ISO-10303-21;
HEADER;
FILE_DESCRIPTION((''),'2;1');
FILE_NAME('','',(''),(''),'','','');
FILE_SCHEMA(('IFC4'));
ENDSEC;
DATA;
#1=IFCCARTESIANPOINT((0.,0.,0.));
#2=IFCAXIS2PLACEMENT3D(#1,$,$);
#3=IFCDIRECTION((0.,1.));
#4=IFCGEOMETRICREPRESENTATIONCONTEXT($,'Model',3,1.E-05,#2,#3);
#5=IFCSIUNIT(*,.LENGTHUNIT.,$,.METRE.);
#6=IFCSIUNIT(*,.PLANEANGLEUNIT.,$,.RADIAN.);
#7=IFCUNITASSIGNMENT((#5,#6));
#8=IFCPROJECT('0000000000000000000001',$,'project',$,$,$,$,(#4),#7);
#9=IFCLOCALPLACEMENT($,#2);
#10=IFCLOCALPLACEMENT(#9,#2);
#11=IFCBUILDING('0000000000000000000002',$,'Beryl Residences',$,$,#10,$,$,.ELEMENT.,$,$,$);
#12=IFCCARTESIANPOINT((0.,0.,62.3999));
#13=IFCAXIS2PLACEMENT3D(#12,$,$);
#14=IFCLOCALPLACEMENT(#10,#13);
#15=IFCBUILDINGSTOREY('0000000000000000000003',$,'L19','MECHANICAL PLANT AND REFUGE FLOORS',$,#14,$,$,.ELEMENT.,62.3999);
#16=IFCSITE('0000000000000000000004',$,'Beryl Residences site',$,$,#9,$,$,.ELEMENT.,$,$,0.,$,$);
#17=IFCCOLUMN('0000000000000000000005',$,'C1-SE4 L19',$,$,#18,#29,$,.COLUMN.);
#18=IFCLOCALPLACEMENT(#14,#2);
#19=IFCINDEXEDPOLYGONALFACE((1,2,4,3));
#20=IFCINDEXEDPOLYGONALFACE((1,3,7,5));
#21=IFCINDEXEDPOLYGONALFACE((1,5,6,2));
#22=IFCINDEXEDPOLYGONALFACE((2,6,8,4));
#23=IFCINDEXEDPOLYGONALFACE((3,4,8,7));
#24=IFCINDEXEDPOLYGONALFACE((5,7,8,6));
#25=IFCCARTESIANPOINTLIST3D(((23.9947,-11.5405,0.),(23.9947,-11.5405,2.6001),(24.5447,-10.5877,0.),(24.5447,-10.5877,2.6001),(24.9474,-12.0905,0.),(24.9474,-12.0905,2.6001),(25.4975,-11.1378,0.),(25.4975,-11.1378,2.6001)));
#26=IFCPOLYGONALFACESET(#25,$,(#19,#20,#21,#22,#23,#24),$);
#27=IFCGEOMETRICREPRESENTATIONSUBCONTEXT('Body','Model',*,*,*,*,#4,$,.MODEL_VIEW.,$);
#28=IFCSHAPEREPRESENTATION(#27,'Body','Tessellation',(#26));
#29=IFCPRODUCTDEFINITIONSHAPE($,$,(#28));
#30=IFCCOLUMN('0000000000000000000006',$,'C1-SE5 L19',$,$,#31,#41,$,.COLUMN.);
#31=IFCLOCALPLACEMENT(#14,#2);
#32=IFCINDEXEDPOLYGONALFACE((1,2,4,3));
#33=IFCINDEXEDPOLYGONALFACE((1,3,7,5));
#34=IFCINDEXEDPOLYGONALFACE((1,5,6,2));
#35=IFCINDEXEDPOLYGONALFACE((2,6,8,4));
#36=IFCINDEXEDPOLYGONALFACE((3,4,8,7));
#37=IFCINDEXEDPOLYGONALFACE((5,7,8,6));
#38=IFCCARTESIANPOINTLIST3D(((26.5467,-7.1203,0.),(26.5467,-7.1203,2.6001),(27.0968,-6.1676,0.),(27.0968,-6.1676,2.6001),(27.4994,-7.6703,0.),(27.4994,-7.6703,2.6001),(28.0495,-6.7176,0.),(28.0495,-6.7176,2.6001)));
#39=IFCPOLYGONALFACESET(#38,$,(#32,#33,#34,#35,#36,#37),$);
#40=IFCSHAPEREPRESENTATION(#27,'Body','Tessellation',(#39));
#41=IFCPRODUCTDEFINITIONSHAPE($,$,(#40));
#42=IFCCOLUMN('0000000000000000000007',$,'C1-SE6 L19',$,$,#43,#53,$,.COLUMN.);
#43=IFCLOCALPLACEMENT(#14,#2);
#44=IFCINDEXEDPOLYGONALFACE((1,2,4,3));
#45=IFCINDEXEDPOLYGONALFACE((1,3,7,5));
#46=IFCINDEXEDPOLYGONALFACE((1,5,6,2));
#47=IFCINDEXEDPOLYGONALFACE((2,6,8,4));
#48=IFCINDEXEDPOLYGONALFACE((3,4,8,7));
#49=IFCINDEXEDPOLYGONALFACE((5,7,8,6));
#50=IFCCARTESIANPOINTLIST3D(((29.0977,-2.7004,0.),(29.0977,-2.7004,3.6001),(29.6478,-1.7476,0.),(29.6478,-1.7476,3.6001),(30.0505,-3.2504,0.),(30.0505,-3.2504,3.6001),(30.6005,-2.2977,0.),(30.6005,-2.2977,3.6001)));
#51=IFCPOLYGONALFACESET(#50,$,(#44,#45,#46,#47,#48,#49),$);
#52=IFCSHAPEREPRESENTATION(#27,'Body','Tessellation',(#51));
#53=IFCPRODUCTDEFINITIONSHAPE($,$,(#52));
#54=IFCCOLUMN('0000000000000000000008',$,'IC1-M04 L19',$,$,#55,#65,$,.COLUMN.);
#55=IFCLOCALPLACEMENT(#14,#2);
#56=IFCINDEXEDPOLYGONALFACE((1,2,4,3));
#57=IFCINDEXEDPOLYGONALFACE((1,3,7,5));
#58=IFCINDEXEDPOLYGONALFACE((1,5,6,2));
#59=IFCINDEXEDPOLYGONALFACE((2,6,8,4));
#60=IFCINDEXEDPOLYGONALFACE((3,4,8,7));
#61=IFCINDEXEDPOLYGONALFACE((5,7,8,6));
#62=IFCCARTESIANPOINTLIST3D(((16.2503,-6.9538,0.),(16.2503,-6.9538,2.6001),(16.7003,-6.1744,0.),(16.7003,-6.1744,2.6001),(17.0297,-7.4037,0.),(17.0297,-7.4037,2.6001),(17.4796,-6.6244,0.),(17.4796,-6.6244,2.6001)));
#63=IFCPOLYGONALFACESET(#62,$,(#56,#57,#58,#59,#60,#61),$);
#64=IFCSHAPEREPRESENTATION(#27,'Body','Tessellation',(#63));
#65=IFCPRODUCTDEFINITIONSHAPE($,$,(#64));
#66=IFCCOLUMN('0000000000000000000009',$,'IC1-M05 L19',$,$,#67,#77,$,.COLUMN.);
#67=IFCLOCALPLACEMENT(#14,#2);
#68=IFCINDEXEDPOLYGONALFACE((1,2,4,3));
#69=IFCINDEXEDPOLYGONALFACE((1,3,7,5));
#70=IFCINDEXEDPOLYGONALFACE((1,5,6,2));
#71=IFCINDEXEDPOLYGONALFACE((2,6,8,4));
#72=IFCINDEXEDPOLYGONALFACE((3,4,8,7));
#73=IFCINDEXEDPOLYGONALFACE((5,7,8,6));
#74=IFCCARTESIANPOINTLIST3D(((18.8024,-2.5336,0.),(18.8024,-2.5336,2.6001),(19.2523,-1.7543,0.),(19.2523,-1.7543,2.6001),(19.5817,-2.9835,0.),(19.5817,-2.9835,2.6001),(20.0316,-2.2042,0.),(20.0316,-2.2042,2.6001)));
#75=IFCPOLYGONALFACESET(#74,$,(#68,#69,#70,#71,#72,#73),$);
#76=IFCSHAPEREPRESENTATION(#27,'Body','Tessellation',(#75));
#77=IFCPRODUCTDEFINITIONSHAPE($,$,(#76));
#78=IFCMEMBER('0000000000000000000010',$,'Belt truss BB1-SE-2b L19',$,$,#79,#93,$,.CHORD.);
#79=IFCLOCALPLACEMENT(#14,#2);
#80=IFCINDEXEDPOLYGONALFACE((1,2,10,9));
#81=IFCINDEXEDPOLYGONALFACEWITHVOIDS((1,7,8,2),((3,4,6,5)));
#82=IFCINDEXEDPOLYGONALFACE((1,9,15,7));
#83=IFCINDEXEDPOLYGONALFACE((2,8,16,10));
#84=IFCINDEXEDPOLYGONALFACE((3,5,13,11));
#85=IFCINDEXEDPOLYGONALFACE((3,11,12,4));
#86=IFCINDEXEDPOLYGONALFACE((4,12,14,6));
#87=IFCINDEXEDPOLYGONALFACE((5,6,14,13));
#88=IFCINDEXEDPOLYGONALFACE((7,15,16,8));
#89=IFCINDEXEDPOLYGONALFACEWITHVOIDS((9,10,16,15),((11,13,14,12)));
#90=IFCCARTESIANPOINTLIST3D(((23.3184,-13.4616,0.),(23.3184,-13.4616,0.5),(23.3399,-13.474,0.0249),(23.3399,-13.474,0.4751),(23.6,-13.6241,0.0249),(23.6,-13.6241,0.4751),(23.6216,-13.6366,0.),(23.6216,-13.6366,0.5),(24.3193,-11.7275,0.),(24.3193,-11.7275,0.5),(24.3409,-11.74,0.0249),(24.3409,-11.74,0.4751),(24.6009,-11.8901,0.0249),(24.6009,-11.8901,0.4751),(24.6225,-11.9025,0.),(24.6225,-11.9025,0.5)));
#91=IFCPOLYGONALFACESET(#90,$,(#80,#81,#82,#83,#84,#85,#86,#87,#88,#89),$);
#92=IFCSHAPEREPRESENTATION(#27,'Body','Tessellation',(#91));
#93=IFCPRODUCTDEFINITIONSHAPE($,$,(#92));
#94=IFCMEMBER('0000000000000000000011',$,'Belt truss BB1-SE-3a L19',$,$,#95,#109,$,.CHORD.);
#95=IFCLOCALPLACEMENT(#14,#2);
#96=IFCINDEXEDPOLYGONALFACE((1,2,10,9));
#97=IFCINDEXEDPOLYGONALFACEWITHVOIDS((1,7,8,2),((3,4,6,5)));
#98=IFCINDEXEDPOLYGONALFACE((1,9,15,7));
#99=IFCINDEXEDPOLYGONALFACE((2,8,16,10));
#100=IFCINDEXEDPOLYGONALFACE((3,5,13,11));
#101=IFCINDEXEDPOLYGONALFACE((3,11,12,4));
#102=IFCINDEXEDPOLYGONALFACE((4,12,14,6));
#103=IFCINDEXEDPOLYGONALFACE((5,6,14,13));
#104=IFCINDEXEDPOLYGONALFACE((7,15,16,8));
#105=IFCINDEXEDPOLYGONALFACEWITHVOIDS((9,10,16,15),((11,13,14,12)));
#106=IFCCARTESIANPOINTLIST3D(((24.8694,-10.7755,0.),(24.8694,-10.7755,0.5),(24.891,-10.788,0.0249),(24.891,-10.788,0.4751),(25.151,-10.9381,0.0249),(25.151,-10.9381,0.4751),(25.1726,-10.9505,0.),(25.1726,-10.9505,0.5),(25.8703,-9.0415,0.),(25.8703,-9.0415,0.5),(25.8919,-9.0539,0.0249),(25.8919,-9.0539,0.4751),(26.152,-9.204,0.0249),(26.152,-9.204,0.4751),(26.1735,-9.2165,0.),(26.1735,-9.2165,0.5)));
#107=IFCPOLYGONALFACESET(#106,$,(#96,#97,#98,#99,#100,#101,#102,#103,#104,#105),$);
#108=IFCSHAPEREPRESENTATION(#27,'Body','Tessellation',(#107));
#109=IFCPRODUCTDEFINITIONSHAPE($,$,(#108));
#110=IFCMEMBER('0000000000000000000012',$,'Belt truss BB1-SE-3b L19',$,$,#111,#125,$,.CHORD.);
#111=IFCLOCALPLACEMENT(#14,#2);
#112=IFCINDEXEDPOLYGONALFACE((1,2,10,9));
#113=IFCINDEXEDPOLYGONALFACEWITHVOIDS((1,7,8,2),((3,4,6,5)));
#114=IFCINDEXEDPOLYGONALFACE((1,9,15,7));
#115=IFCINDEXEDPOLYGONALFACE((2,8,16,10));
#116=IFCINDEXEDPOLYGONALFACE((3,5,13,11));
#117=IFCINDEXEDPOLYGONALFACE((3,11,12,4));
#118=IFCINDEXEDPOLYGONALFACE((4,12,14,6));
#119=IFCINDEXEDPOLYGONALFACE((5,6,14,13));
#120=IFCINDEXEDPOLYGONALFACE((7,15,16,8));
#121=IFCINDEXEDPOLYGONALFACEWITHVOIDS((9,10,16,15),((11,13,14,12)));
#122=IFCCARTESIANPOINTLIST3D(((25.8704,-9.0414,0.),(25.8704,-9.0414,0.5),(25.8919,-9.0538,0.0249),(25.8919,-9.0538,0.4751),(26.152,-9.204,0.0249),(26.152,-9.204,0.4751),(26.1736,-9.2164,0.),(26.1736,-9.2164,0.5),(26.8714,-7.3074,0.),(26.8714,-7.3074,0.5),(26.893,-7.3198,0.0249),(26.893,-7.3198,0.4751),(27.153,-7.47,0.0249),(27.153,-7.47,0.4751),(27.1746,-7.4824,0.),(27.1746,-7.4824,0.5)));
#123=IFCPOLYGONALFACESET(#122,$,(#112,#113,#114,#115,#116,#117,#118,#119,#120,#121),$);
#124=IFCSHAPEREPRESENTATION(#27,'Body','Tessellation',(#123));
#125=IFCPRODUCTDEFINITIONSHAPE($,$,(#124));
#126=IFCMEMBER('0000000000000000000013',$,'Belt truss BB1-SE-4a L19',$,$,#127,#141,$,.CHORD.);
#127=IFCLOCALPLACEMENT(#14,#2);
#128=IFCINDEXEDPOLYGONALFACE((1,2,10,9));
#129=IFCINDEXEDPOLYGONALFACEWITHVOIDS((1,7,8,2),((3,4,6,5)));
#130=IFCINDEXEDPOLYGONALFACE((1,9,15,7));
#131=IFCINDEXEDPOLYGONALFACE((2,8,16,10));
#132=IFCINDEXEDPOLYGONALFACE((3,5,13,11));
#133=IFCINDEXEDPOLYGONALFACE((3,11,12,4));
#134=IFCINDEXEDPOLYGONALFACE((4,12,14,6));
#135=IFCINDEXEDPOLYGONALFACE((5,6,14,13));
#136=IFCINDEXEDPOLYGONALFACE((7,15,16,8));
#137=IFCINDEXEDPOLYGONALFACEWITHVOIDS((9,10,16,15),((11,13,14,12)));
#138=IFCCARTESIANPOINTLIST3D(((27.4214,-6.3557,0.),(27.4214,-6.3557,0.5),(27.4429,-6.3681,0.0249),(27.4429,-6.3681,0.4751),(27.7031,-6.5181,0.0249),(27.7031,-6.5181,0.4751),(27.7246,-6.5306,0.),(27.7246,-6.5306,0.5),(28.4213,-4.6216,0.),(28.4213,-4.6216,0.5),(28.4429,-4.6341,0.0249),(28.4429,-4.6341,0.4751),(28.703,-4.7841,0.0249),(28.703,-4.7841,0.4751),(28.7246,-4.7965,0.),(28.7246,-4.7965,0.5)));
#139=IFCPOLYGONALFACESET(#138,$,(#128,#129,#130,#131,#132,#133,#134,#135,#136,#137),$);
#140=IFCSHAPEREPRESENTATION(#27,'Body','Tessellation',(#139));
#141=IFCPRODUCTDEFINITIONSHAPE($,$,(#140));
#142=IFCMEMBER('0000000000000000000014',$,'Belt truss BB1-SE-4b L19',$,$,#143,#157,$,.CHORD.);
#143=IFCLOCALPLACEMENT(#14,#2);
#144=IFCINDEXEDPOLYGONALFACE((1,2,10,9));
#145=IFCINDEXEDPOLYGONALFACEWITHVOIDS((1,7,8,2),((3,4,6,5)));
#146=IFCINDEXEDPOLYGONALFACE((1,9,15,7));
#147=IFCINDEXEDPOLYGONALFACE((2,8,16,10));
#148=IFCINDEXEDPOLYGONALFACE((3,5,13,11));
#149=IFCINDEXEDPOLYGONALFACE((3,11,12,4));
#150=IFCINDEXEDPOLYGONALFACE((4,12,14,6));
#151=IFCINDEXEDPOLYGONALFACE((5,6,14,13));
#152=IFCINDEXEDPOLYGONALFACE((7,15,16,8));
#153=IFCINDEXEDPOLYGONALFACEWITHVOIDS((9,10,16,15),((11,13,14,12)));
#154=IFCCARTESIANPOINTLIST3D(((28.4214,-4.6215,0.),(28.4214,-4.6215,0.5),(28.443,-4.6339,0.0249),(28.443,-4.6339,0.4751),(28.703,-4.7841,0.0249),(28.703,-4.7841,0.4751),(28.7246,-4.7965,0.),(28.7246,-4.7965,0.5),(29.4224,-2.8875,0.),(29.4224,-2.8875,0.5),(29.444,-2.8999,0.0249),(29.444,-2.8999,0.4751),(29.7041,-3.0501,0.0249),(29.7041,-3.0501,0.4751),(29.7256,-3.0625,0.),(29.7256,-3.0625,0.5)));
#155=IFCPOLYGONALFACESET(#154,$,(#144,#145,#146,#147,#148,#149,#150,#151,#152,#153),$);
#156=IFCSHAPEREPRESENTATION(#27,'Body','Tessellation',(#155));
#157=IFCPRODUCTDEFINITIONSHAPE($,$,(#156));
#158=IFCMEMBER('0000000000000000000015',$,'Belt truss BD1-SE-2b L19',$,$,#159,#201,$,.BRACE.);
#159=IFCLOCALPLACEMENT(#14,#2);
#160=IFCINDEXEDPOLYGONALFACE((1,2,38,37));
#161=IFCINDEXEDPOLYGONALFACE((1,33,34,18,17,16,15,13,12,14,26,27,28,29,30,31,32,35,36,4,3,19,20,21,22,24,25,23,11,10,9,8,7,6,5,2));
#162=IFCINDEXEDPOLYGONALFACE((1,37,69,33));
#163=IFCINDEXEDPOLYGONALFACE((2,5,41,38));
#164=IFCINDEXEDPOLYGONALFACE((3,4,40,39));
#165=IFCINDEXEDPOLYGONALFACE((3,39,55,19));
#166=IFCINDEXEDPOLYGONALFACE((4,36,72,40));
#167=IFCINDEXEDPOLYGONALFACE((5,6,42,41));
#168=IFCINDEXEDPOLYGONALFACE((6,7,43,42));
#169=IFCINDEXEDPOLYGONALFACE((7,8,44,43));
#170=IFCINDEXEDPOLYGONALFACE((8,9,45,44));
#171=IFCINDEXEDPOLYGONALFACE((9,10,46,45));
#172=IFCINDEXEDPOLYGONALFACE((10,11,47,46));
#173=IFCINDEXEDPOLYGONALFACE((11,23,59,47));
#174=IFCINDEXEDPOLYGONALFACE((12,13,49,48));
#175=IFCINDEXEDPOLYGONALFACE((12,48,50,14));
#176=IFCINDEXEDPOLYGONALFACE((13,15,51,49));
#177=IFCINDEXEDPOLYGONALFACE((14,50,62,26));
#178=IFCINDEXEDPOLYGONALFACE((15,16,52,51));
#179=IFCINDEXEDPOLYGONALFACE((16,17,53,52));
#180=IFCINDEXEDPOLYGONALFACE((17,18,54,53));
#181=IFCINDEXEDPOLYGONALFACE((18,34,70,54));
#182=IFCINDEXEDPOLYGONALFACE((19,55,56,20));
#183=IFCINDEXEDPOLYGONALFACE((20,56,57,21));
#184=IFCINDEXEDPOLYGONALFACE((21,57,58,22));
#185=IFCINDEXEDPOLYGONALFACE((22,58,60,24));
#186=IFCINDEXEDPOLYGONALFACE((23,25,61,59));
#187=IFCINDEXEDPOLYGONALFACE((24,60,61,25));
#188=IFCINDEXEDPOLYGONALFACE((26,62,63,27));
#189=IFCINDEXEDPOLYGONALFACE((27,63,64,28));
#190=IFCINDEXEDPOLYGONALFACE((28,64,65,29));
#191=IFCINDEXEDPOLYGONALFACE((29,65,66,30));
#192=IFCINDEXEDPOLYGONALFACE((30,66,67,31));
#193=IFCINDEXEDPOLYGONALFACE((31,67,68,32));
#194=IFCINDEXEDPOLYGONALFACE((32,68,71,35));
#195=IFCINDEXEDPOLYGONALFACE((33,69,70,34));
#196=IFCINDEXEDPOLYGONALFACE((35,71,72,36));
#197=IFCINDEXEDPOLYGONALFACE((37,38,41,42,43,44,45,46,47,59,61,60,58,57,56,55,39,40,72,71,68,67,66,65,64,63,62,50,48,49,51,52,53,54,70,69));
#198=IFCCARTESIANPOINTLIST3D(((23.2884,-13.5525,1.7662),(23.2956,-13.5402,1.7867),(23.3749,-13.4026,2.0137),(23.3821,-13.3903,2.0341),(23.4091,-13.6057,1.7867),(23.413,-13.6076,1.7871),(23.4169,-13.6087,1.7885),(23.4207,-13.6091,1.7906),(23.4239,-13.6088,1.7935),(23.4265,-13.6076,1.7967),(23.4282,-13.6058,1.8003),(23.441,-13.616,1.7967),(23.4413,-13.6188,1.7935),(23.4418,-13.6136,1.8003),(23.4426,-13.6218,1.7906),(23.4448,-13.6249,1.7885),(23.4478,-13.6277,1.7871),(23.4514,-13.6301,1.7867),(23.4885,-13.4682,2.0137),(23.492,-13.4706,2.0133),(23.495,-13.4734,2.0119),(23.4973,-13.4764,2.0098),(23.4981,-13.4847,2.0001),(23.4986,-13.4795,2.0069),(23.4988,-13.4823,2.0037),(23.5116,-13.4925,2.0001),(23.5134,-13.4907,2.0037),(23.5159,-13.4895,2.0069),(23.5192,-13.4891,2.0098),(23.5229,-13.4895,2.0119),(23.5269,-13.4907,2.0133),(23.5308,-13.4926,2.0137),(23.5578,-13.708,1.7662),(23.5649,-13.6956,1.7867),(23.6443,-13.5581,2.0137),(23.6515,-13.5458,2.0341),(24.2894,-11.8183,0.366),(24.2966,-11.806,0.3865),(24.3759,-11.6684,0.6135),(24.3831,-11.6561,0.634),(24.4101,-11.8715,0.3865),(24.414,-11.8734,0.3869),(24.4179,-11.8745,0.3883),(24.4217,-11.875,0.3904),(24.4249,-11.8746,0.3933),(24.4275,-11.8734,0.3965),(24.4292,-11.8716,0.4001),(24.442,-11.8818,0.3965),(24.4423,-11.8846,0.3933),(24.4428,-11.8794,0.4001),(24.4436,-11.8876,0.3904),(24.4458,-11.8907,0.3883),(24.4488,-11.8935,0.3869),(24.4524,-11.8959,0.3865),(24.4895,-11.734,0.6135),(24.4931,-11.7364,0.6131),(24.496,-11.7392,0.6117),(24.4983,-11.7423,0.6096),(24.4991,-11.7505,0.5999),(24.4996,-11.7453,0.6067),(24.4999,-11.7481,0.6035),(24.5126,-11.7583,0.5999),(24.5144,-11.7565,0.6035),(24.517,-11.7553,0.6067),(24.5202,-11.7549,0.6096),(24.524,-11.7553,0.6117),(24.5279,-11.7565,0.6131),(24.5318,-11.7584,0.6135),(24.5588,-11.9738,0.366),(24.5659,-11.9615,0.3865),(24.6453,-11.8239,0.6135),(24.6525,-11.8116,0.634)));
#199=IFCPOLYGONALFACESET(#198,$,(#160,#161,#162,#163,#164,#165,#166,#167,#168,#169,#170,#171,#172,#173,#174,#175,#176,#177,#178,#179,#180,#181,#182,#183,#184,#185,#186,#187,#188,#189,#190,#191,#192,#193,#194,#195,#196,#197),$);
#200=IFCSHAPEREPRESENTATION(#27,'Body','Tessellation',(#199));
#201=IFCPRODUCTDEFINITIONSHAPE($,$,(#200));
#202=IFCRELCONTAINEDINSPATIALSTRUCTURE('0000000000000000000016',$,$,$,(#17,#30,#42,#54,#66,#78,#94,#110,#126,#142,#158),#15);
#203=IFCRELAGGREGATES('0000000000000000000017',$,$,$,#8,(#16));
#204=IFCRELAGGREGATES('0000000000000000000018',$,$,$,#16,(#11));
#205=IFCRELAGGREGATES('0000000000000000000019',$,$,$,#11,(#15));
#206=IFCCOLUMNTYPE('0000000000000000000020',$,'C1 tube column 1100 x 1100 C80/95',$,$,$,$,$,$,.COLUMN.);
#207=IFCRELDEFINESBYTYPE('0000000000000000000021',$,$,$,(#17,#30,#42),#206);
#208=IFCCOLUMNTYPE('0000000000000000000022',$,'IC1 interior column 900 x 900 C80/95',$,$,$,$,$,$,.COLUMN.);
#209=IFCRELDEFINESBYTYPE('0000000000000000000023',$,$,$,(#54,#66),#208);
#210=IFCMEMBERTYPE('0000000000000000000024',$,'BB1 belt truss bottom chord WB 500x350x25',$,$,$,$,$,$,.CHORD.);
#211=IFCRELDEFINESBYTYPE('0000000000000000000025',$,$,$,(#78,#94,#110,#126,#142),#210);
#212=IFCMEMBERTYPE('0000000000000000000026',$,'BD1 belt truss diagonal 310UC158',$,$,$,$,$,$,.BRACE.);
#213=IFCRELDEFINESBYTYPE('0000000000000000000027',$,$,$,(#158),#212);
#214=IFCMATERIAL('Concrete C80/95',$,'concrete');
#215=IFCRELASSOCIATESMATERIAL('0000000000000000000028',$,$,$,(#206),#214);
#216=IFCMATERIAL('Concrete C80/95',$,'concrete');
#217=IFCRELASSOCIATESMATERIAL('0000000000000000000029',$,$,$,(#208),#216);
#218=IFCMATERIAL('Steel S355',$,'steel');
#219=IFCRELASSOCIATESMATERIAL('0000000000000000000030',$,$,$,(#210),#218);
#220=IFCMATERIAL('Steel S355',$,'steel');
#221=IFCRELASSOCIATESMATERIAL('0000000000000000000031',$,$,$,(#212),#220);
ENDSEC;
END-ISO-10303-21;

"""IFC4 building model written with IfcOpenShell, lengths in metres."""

from ifc_helpers import new_model, si_unit, direction, frame, origin, origin_2d, place, context, subcontext, project, spatial, rectangle, hollow_rectangle, i_section, extrude, material, material_profile, profile_set, type_object, element, save


model = new_model("IFC4")

# Units and contexts
model_context = context("Model", 3, precision=1e-05, world=origin(), true_north=direction((0.0, 1.0)))
body_context = subcontext(model_context, "Body", "Model", "MODEL_VIEW")
ifc_project = project(units=[si_unit("LENGTHUNIT", "METRE"), si_unit("PLANEANGLEUNIT", "RADIAN")], contexts=[model_context])

# Site, building, storey
site_placement = place(None, origin())
site = spatial("IfcSite", under=ifc_project, at=site_placement, Name="Beryl Residences site", CompositionType="ELEMENT", RefElevation=0.0)
building_placement = place(site_placement, origin())
building = spatial("IfcBuilding", under=site, at=building_placement, Name="Beryl Residences", CompositionType="ELEMENT")
storey_placement = place(building_placement, frame((0.0, 0.0, 62.3999)))
storey = spatial("IfcBuildingStorey", under=building, at=storey_placement, Name="L19", Description="MECHANICAL PLANT AND REFUGE FLOORS", CompositionType="ELEMENT", Elevation=62.3999)

# Columns
ifc_material_1 = material(Name="Concrete C80/95", Category="concrete")
ifc_material_profile_1 = material_profile(ifc_material_1, rectangle(XDim=1.1001, YDim=1.1001, at=origin_2d()))
ifc_profile_set_1 = profile_set([ifc_material_profile_1], Name="Concrete C80/95")
column_type_1 = type_object("IfcColumnType", Name="C1 tube column 1100 x 1100 C80/95", PredefinedType="COLUMN", material=ifc_profile_set_1)
for number, where, z_axis, x_axis, name in (
    (1, (24.7461, -11.3391, 0.0), (0.0, 0.0, 1.0), (0.499985, 0.866034, 0.0), "C1-SE4 L19"),
    (2, (27.2981, -6.9189, 0.0), (0.0, 0.0, 1.0), (0.499985, 0.866034, 0.0), "C1-SE5 L19"),
):
    element("IfcColumn", number, at=place(storey_placement, frame(where, z_axis=z_axis, x_axis=x_axis)), inside=storey, type_object=column_type_1, Name=name, PredefinedType="COLUMN", context=body_context, shape_type="SweptSolid", body=[
        extrude(rectangle(XDim=1.1001, YDim=1.1001, at=origin_2d()), origin(), (0.0, 0.0, 1.0), 2.6001),
    ])
column_placement = place(storey_placement, frame((29.8491, -2.499, 0.0), z_axis=(0.0, 0.0, 1.0), x_axis=(0.499985, 0.866034, 0.0)))
element("IfcColumn", 3, at=column_placement, inside=storey, type_object=column_type_1, Name="C1-SE6 L19", PredefinedType="COLUMN", context=body_context, shape_type="SweptSolid", body=[
    extrude(rectangle(XDim=1.1001, YDim=1.1001, at=origin_2d()), origin(), (0.0, 0.0, 1.0), 3.6001),
])
ifc_material_2 = material(Name="Concrete C80/95", Category="concrete")
ifc_material_profile_2 = material_profile(ifc_material_2, rectangle(XDim=0.8999, YDim=0.8999, at=origin_2d()))
ifc_profile_set_2 = profile_set([ifc_material_profile_2], Name="Concrete C80/95")
column_type_2 = type_object("IfcColumnType", Name="IC1 interior column 900 x 900 C80/95", PredefinedType="COLUMN", material=ifc_profile_set_2)
for number, where, z_axis, x_axis, name in (
    (4, (16.865, -6.7891, 0.0), (0.0, 0.0, 1.0), (0.499985, 0.866034, 0.0), "IC1-M04 L19"),
    (5, (19.417, -2.3689, 0.0), (0.0, 0.0, 1.0), (0.499985, 0.866034, 0.0), "IC1-M05 L19"),
):
    element("IfcColumn", number, at=place(storey_placement, frame(where, z_axis=z_axis, x_axis=x_axis)), inside=storey, type_object=column_type_2, Name=name, PredefinedType="COLUMN", context=body_context, shape_type="SweptSolid", body=[
        extrude(rectangle(XDim=0.8999, YDim=0.8999, at=origin_2d()), origin(), (0.0, 0.0, 1.0), 2.6001),
    ])

# Members
ifc_material_3 = material(Name="Steel S355", Category="steel")
ifc_material_profile_3 = material_profile(ifc_material_3, hollow_rectangle(XDim=0.3501, YDim=0.5, WallThickness=0.0249, at=origin_2d()))
ifc_profile_set_3 = profile_set([ifc_material_profile_3], Name="Steel S355")
member_type_1 = type_object("IfcMemberType", Name="BB1 belt truss bottom chord WB 500x350x25", PredefinedType="CHORD", material=ifc_profile_set_3)
for number, where, z_axis, x_axis, name in (
    (6, (23.47, -13.5491, 0.25), (0.499916, 0.866074, 0.0), (-0.866074, 0.499916, 0.0), "Belt truss BB1-SE-2b L19"),
    (7, (25.021, -10.863, 0.25), (0.499916, 0.866074, 0.0), (-0.866074, 0.499916, 0.0), "Belt truss BB1-SE-3a L19"),
    (8, (26.022, -9.1289, 0.25), (0.499969, 0.866043, 0.0), (-0.866043, 0.499969, 0.0), "Belt truss BB1-SE-3b L19"),
):
    element("IfcMember", number, at=place(storey_placement, frame(where, z_axis=z_axis, x_axis=x_axis)), inside=storey, type_object=member_type_1, Name=name, PredefinedType="CHORD", context=body_context, shape_type="SweptSolid", body=[
        extrude(hollow_rectangle(XDim=0.3501, YDim=0.5, WallThickness=0.0249, at=origin_2d()), origin(), (0.0, 0.0, 1.0), 2.0022),
    ])
member_1_placement = place(storey_placement, frame((27.573, -6.4431, 0.25), z_axis=(0.49955, 0.866285, 0.0), x_axis=(-0.866285, 0.49955, 0.0)))
element("IfcMember", 9, at=member_1_placement, inside=storey, type_object=member_type_1, Name="Belt truss BB1-SE-4a L19", PredefinedType="CHORD", context=body_context, shape_type="SweptSolid", body=[
    extrude(hollow_rectangle(XDim=0.3501, YDim=0.5, WallThickness=0.0249, at=origin_2d()), origin(), (0.0, 0.0, 1.0), 2.0017),
])
member_2_placement = place(storey_placement, frame((28.573, -4.709, 0.25), z_axis=(0.499969, 0.866043, 0.0), x_axis=(-0.866043, 0.499969, 0.0)))
element("IfcMember", 10, at=member_2_placement, inside=storey, type_object=member_type_1, Name="Belt truss BB1-SE-4b L19", PredefinedType="CHORD", context=body_context, shape_type="SweptSolid", body=[
    extrude(hollow_rectangle(XDim=0.3501, YDim=0.5, WallThickness=0.0249, at=origin_2d()), origin(), (0.0, 0.0, 1.0), 2.0022),
])
ifc_material_4 = material(Name="Steel S355", Category="steel")
ifc_material_profile_4 = material_profile(ifc_material_4, i_section(OverallWidth=0.311, OverallDepth=0.3269, WebThickness=0.0156, FlangeThickness=0.0249, FilletRadius=0.0166, at=origin_2d()))
ifc_profile_set_4 = profile_set([ifc_material_profile_4], Name="Steel S355")
member_type_2 = type_object("IfcMemberType", Name="BD1 belt truss diagonal 310UC158", PredefinedType="BRACE", material=ifc_profile_set_4)
for number, where, z_axis, x_axis, name in (
    (11, (24.4709, -11.8149, 0.5), (-0.409687, -0.709758, 0.573062), (0.866074, -0.499916, 0.0), "Belt truss BD1-SE-2b L19"),
):
    element("IfcMember", number, at=place(storey_placement, frame(where, z_axis=z_axis, x_axis=x_axis)), inside=storey, type_object=member_type_2, Name=name, PredefinedType="BRACE", context=body_context, shape_type="SweptSolid", body=[
        extrude(i_section(OverallWidth=0.311, OverallDepth=0.3269, WebThickness=0.0156, FlangeThickness=0.0249, FilletRadius=0.0166, at=origin_2d()), origin(), (0.0, 0.0, 1.0), 2.4434),
    ])

save(model, "model.ifc")
